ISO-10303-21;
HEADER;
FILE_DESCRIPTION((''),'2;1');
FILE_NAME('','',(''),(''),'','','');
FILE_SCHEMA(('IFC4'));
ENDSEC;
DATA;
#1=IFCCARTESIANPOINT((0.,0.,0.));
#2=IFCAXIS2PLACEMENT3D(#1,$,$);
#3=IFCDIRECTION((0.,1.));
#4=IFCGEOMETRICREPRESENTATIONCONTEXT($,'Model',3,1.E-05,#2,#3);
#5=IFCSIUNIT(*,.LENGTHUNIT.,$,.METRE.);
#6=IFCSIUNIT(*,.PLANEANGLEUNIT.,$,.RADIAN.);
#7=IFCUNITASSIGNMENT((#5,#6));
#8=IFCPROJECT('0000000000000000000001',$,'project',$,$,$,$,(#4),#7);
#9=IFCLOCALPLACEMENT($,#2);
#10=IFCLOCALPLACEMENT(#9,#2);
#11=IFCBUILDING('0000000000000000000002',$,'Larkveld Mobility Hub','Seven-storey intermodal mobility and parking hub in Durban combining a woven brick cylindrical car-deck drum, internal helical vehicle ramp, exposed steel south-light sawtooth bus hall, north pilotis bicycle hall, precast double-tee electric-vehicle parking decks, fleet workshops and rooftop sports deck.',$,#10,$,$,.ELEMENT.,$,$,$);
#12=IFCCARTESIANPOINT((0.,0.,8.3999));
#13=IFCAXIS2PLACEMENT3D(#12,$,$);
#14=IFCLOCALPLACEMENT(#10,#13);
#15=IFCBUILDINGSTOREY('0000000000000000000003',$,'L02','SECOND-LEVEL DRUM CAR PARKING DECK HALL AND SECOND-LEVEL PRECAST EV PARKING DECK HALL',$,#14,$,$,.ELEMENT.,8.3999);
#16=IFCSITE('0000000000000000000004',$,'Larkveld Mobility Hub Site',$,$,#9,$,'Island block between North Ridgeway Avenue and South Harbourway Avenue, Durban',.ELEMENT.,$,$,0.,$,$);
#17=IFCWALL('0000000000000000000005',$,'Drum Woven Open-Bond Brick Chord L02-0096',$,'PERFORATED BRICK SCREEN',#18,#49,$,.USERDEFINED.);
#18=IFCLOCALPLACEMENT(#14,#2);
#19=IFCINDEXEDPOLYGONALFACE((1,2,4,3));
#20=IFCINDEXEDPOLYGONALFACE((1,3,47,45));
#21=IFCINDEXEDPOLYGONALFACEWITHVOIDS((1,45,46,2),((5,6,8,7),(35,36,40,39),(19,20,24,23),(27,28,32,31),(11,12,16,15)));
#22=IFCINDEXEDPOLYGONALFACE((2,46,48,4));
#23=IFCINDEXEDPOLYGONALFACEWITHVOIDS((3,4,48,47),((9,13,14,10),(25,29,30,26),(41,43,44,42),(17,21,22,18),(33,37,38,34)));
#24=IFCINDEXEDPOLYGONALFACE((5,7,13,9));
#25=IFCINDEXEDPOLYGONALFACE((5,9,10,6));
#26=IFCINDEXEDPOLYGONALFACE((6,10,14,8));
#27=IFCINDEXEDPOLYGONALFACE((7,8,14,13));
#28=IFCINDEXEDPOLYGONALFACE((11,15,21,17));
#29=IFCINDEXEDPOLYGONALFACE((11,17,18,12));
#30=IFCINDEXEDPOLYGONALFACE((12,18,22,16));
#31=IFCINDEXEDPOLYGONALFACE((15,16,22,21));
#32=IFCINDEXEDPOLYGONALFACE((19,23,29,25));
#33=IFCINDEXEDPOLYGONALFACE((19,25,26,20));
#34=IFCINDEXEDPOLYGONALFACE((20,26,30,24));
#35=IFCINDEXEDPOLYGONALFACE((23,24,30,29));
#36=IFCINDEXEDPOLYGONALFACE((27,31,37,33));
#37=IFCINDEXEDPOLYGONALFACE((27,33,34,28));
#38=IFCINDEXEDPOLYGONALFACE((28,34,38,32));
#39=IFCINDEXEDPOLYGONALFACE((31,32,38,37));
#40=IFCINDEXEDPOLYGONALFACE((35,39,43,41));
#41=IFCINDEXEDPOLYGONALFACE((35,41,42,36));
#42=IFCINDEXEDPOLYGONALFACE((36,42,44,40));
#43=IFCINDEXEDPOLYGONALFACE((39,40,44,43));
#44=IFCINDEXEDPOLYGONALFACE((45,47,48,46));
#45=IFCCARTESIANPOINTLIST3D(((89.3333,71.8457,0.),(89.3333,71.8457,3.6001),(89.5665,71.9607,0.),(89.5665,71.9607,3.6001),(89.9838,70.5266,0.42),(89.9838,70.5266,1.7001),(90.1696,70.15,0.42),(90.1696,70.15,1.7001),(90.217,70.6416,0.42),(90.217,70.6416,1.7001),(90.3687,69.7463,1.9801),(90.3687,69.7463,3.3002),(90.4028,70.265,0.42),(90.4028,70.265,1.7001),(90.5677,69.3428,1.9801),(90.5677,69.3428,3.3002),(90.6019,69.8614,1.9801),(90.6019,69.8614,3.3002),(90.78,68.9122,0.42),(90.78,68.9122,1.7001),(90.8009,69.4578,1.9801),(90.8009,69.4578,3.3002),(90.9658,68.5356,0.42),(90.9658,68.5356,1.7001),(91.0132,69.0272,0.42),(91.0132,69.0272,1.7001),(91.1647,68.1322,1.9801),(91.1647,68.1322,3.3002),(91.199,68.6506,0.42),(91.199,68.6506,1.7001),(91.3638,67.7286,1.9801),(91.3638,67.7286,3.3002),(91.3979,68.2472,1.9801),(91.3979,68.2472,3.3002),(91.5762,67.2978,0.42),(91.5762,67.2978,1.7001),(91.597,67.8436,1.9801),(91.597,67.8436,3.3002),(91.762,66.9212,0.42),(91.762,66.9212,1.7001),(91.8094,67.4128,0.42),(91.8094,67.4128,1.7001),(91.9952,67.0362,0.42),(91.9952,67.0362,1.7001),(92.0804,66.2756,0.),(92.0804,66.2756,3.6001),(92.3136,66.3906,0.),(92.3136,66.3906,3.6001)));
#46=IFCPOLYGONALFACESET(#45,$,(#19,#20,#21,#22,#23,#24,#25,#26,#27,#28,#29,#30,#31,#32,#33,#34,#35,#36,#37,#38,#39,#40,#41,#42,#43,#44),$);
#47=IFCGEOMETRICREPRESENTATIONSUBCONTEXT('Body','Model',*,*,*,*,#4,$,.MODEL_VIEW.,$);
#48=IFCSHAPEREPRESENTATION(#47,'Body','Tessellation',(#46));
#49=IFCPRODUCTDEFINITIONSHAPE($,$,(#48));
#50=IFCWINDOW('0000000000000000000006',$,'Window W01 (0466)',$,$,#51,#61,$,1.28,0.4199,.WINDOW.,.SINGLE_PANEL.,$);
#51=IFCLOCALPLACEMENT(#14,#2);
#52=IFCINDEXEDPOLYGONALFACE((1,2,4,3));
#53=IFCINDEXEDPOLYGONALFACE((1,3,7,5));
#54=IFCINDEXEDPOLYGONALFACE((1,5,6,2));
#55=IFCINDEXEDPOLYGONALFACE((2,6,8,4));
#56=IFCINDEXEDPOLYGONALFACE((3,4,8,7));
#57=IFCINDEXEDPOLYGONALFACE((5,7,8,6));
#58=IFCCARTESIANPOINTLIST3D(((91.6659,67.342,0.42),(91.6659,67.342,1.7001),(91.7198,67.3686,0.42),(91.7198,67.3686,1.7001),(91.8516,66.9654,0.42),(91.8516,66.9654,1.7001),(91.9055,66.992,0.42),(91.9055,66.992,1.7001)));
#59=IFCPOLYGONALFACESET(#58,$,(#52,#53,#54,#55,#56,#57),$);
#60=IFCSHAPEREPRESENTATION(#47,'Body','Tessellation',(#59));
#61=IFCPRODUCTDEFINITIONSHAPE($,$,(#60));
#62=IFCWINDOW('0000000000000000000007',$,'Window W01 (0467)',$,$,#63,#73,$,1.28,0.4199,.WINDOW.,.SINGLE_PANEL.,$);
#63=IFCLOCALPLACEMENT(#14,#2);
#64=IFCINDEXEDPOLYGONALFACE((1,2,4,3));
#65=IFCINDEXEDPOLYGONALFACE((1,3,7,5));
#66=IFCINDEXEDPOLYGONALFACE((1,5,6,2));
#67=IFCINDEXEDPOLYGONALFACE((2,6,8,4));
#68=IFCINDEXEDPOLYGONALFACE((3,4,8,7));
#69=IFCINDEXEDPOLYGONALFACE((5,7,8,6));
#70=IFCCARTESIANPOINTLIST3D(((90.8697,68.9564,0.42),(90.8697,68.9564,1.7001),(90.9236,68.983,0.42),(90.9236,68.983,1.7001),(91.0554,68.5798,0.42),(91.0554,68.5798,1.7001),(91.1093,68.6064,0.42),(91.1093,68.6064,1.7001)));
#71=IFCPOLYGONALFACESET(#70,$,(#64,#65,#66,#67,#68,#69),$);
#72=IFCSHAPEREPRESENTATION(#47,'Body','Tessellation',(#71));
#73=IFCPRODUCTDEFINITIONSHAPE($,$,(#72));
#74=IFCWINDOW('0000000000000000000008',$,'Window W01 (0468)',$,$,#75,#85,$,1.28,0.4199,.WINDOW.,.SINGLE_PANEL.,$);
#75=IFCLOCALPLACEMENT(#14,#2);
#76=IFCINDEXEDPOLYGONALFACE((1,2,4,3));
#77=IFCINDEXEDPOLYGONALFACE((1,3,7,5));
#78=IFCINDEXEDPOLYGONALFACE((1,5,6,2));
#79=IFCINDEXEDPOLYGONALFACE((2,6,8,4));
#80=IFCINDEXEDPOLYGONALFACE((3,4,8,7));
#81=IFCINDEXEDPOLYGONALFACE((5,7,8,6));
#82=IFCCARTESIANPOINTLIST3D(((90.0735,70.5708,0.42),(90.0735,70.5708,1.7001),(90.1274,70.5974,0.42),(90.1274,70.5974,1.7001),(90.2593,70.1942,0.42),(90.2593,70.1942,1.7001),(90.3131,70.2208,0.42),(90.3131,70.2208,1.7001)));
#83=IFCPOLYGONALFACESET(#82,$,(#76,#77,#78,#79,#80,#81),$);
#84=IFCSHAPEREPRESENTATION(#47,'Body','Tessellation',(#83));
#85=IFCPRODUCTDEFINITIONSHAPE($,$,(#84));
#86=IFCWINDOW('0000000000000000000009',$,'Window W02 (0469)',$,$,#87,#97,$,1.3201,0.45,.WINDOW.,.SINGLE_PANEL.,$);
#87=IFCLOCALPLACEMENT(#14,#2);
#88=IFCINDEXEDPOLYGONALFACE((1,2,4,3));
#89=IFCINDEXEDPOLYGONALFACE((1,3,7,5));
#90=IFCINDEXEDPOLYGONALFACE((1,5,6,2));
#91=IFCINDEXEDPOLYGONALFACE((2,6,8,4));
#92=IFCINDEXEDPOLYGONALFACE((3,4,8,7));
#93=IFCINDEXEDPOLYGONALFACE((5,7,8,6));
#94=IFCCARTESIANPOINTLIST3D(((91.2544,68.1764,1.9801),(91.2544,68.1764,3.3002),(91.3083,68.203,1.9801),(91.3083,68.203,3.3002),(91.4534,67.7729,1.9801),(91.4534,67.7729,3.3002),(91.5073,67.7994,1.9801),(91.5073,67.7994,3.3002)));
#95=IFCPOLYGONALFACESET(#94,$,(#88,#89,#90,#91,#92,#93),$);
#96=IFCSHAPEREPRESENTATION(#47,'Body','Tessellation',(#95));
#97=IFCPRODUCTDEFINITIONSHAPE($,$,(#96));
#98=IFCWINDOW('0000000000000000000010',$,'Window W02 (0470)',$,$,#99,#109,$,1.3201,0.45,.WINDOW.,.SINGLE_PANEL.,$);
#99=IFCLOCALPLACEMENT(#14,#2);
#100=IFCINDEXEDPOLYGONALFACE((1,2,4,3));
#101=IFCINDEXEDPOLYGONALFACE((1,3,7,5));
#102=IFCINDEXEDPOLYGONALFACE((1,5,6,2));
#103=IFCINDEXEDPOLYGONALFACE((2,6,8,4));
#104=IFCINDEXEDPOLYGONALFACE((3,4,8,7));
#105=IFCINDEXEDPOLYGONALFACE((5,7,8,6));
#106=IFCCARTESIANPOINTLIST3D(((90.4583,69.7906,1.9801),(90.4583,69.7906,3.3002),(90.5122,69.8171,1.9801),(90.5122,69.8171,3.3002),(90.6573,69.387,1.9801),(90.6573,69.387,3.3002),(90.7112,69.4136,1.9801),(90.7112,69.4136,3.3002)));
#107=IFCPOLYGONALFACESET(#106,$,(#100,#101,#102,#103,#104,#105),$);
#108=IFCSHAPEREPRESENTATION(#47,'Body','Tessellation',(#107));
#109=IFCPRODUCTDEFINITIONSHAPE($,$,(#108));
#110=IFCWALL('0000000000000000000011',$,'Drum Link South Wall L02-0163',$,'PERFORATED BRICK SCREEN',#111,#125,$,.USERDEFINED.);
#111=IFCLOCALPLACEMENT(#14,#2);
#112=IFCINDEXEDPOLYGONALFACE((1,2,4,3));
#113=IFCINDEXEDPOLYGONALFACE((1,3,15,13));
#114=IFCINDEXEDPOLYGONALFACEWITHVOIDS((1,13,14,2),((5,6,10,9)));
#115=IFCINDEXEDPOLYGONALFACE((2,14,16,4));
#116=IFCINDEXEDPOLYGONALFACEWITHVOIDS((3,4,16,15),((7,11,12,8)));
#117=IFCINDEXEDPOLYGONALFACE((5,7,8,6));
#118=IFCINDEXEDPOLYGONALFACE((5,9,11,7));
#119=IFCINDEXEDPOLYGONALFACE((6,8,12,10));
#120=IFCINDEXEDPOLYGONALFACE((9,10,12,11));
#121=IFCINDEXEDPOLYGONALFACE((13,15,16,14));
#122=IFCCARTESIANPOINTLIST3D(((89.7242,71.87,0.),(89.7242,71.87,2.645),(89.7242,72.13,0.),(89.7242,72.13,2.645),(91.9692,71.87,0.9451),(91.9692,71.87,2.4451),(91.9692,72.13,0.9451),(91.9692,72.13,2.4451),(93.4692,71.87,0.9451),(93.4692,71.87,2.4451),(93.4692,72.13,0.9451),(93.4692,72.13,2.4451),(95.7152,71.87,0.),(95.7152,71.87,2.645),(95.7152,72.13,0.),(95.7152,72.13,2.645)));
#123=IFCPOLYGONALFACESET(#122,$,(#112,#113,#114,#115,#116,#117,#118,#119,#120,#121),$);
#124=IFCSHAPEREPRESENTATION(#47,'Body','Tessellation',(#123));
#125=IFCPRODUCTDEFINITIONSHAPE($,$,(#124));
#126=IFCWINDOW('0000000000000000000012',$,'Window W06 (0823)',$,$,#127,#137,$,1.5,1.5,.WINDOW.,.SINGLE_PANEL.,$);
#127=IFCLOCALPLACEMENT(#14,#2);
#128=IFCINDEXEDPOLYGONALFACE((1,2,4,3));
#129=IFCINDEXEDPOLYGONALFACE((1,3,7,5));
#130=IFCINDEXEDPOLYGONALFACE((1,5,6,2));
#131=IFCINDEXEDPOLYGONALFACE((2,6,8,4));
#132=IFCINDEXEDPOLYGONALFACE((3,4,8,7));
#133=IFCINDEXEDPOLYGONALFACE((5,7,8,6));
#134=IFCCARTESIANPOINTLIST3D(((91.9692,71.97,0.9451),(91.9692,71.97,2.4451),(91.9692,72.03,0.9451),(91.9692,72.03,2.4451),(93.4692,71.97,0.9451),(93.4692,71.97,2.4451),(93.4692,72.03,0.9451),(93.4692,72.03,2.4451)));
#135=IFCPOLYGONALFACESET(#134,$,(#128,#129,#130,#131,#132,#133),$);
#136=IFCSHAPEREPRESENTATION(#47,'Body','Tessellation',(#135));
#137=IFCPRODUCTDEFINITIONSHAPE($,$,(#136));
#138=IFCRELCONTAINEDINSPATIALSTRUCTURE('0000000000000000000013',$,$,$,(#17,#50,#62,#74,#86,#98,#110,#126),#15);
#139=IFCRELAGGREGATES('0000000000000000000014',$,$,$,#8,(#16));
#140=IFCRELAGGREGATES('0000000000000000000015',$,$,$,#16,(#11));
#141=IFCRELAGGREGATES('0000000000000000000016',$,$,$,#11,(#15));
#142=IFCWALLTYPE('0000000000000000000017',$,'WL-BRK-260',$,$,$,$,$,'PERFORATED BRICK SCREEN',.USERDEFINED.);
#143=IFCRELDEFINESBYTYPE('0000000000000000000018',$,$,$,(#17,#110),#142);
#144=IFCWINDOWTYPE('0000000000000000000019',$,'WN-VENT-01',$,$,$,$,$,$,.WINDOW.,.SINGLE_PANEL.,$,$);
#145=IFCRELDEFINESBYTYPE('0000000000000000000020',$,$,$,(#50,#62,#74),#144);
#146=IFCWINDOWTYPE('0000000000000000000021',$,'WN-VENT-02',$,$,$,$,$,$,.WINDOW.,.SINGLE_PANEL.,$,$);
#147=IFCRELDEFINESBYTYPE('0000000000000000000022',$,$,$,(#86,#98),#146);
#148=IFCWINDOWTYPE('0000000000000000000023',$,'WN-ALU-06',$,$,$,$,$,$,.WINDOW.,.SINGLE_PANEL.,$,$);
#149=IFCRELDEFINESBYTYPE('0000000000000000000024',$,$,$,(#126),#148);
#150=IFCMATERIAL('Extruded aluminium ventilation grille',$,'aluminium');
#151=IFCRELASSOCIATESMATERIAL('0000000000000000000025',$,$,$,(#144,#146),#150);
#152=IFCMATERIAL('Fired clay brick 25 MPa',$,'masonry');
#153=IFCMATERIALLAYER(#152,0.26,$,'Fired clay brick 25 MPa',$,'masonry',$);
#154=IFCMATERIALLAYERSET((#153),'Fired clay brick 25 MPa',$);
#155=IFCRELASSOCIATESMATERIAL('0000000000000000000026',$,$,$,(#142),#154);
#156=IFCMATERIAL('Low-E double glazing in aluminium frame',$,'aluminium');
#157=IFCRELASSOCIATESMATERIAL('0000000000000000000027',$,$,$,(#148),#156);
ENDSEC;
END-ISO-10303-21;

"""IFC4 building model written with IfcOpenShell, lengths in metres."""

from ifc_helpers import new_model, si_unit, direction, frame, frame_2d, origin, place, context, subcontext, project, spatial, rectangle, extrude, material, layer, layer_set, type_object, element, fill, save


model = new_model("IFC4")

# Units and contexts
model_context = context("Model", 3, precision=1e-05, world=origin(), true_north=direction((0.0, 1.0)))
body_context = subcontext(model_context, "Body", "Model", "MODEL_VIEW")
ifc_project = project(units=[si_unit("LENGTHUNIT", "METRE"), si_unit("PLANEANGLEUNIT", "RADIAN")], contexts=[model_context])

# Site, building, storey
site_placement = place(None, origin())
site = spatial("IfcSite", under=ifc_project, at=site_placement, Name="Larkveld Mobility Hub Site", LongName="Island block between North Ridgeway Avenue and South Harbourway Avenue, Durban", CompositionType="ELEMENT", RefElevation=0.0)
building_placement = place(site_placement, origin())
building = spatial("IfcBuilding", under=site, at=building_placement, Name="Larkveld Mobility Hub", Description="Seven-storey intermodal mobility and parking hub in Durban combining a woven brick cylindrical car-deck drum, internal helical vehicle ramp, exposed steel south-light sawtooth bus hall, north pilotis bicycle hall, precast double-tee electric-vehicle parking decks, fleet workshops and rooftop sports deck.", CompositionType="ELEMENT")
storey_placement = place(building_placement, frame((0.0, 0.0, 8.3999)))
storey = spatial("IfcBuildingStorey", under=building, at=storey_placement, Name="L02", Description="SECOND-LEVEL DRUM CAR PARKING DECK HALL AND SECOND-LEVEL PRECAST EV PARKING DECK HALL", CompositionType="ELEMENT", Elevation=8.3999)

# Wall, openings, windows
ifc_material_1 = material(Name="Fired clay brick 25 MPa", Category="masonry")
ifc_material_2 = material(Name="Extruded aluminium ventilation grille", Category="aluminium")
window_type_1 = type_object("IfcWindowType", Name="WN-VENT-01", PartitioningType="SINGLE_PANEL", PredefinedType="WINDOW", material=ifc_material_2)
ifc_layer_1 = layer(ifc_material_1, 0.26, Name="Fired clay brick 25 MPa", Category="masonry")
ifc_layer_set_1 = layer_set([ifc_layer_1], Name="Fired clay brick 25 MPa")
wall_type_1 = type_object("IfcWallType", Name="WL-BRK-260", ElementType="PERFORATED BRICK SCREEN", PredefinedType="USERDEFINED", material=ifc_layer_set_1)
wall_1_placement = place(storey_placement, frame((92.197, 66.333, 0.0), z_axis=(0.0, 0.0, 1.0), x_axis=(-0.442317, 0.896859, 0.0)))
wall_1 = element("IfcWall", 1, at=wall_1_placement, inside=storey, type_object=wall_type_1, Name="Drum Woven Open-Bond Brick Chord L02-0096", ObjectType="PERFORATED BRICK SCREEN", PredefinedType="USERDEFINED", context=body_context, shape_type="SweptSolid", body=[
    extrude(rectangle(XDim=6.2107, YDim=0.26, at=frame_2d((3.1055, 0.0))), origin(), (0.0, 0.0, 1.0), 3.6001),
])
opening_1_placement = place(wall_1_placement, frame((0.72, 0.0, 0.4199)))
opening_1 = element("IfcOpeningElement", 2, at=opening_1_placement, cuts=wall_1, PredefinedType="OPENING", context=body_context, shape_type="SweptSolid", body=[
    extrude(rectangle(XDim=0.4199, YDim=1.28, at=frame_2d((0.21, 0.6401))), frame((0.0, 0.1401, 0.0), z_axis=(0.0, -1.0, 0.0), x_axis=(1.0, 0.0, 0.0)), (0.0, 0.0, 1.0), 0.28),
])
opening_2_placement = place(wall_1_placement, frame((2.52, 0.0, 0.4199)))
opening_2 = element("IfcOpeningElement", 3, at=opening_2_placement, cuts=wall_1, PredefinedType="OPENING", context=body_context, shape_type="SweptSolid", body=[
    extrude(rectangle(XDim=0.4199, YDim=1.28, at=frame_2d((0.21, 0.6401))), frame((0.0, 0.1401, 0.0), z_axis=(0.0, -1.0, 0.0), x_axis=(1.0, 0.0, 0.0)), (0.0, 0.0, 1.0), 0.28),
])
opening_3_placement = place(wall_1_placement, frame((4.3201, 0.0, 0.4199)))
opening_3 = element("IfcOpeningElement", 4, at=opening_3_placement, cuts=wall_1, PredefinedType="OPENING", context=body_context, shape_type="SweptSolid", body=[
    extrude(rectangle(XDim=0.4199, YDim=1.28, at=frame_2d((0.21, 0.6401))), frame((0.0, 0.1401, 0.0), z_axis=(0.0, -1.0, 0.0), x_axis=(1.0, 0.0, 0.0)), (0.0, 0.0, 1.0), 0.28),
])
opening_4_placement = place(wall_1_placement, frame((1.6201, 0.0, 1.98)))
opening_4 = element("IfcOpeningElement", 5, at=opening_4_placement, cuts=wall_1, PredefinedType="OPENING", context=body_context, shape_type="SweptSolid", body=[
    extrude(rectangle(XDim=0.45, YDim=1.3201, at=frame_2d((0.2251, 0.6602))), frame((0.0, 0.1401, 0.0), z_axis=(0.0, -1.0, 0.0), x_axis=(1.0, 0.0, 0.0)), (0.0, 0.0, 1.0), 0.28),
])
opening_5_placement = place(wall_1_placement, frame((3.4199, 0.0, 1.98)))
opening_5 = element("IfcOpeningElement", 6, at=opening_5_placement, cuts=wall_1, PredefinedType="OPENING", context=body_context, shape_type="SweptSolid", body=[
    extrude(rectangle(XDim=0.45, YDim=1.3201, at=frame_2d((0.2251, 0.6602))), frame((0.0, 0.1401, 0.0), z_axis=(0.0, -1.0, 0.0), x_axis=(1.0, 0.0, 0.0)), (0.0, 0.0, 1.0), 0.28),
])
window_1_placement = place(opening_1_placement, origin())
window_1 = element("IfcWindow", 7, at=window_1_placement, inside=storey, type_object=window_type_1, Name="Window W01 (0466)", OverallHeight=1.28, OverallWidth=0.4199, PartitioningType="SINGLE_PANEL", PredefinedType="WINDOW", context=body_context, shape_type="SweptSolid", body=[
    extrude(rectangle(XDim=0.4199, YDim=1.28, at=frame_2d((0.21, 0.6401))), frame((0.0, 0.03, 0.0), z_axis=(0.0, -1.0, 0.0), x_axis=(1.0, 0.0, 0.0)), (0.0, 0.0, 1.0), 0.0601),
])
fill(opening_1, window_1)
window_2_placement = place(opening_2_placement, origin())
window_2 = element("IfcWindow", 8, at=window_2_placement, inside=storey, type_object=window_type_1, Name="Window W01 (0467)", OverallHeight=1.28, OverallWidth=0.4199, PartitioningType="SINGLE_PANEL", PredefinedType="WINDOW", context=body_context, shape_type="SweptSolid", body=[
    extrude(rectangle(XDim=0.4199, YDim=1.28, at=frame_2d((0.21, 0.6401))), frame((0.0, 0.03, 0.0), z_axis=(0.0, -1.0, 0.0), x_axis=(1.0, 0.0, 0.0)), (0.0, 0.0, 1.0), 0.0601),
])
fill(opening_2, window_2)
window_3_placement = place(opening_3_placement, origin())
window_3 = element("IfcWindow", 9, at=window_3_placement, inside=storey, type_object=window_type_1, Name="Window W01 (0468)", OverallHeight=1.28, OverallWidth=0.4199, PartitioningType="SINGLE_PANEL", PredefinedType="WINDOW", context=body_context, shape_type="SweptSolid", body=[
    extrude(rectangle(XDim=0.4199, YDim=1.28, at=frame_2d((0.21, 0.6401))), frame((0.0, 0.03, 0.0), z_axis=(0.0, -1.0, 0.0), x_axis=(1.0, 0.0, 0.0)), (0.0, 0.0, 1.0), 0.0601),
])
fill(opening_3, window_3)
window_type_2 = type_object("IfcWindowType", Name="WN-VENT-02", PartitioningType="SINGLE_PANEL", PredefinedType="WINDOW", material=ifc_material_2)
window_4_placement = place(opening_4_placement, origin())
window_4 = element("IfcWindow", 10, at=window_4_placement, inside=storey, type_object=window_type_2, Name="Window W02 (0469)", OverallHeight=1.3201, OverallWidth=0.45, PartitioningType="SINGLE_PANEL", PredefinedType="WINDOW", context=body_context, shape_type="SweptSolid", body=[
    extrude(rectangle(XDim=0.45, YDim=1.3201, at=frame_2d((0.2251, 0.6602))), frame((0.0, 0.03, 0.0), z_axis=(0.0, -1.0, 0.0), x_axis=(1.0, 0.0, 0.0)), (0.0, 0.0, 1.0), 0.0601),
])
fill(opening_4, window_4)
window_5_placement = place(opening_5_placement, origin())
window_5 = element("IfcWindow", 11, at=window_5_placement, inside=storey, type_object=window_type_2, Name="Window W02 (0470)", OverallHeight=1.3201, OverallWidth=0.45, PartitioningType="SINGLE_PANEL", PredefinedType="WINDOW", context=body_context, shape_type="SweptSolid", body=[
    extrude(rectangle(XDim=0.45, YDim=1.3201, at=frame_2d((0.2251, 0.6602))), frame((0.0, 0.03, 0.0), z_axis=(0.0, -1.0, 0.0), x_axis=(1.0, 0.0, 0.0)), (0.0, 0.0, 1.0), 0.0601),
])
fill(opening_5, window_5)

# Wall, opening, window
wall_2_placement = place(storey_placement, frame((89.7241, 72.0, 0.0), z_axis=(0.0, 0.0, 1.0), x_axis=(1.0, 0.0, 0.0)))
wall_2 = element("IfcWall", 12, at=wall_2_placement, inside=storey, type_object=wall_type_1, Name="Drum Link South Wall L02-0163", ObjectType="PERFORATED BRICK SCREEN", PredefinedType="USERDEFINED", context=body_context, shape_type="SweptSolid", body=[
    extrude(rectangle(XDim=5.991, YDim=0.26, at=frame_2d((2.9956, 0.0))), origin(), (0.0, 0.0, 1.0), 2.645),
])
opening_6_placement = place(wall_2_placement, frame((2.2451, 0.0, 0.9451)))
opening_6 = element("IfcOpeningElement", 13, at=opening_6_placement, cuts=wall_2, PredefinedType="OPENING", context=body_context, shape_type="SweptSolid", body=[
    extrude(rectangle(XDim=1.5, YDim=1.5, at=frame_2d((0.75, 0.75))), frame((0.0, 0.1401, 0.0), z_axis=(0.0, -1.0, 0.0), x_axis=(1.0, 0.0, 0.0)), (0.0, 0.0, 1.0), 0.28),
])
ifc_material_3 = material(Name="Low-E double glazing in aluminium frame", Category="aluminium")
window_type_3 = type_object("IfcWindowType", Name="WN-ALU-06", PartitioningType="SINGLE_PANEL", PredefinedType="WINDOW", material=ifc_material_3)
window_6_placement = place(opening_6_placement, origin())
window_6 = element("IfcWindow", 14, at=window_6_placement, inside=storey, type_object=window_type_3, Name="Window W06 (0823)", OverallHeight=1.5, OverallWidth=1.5, PartitioningType="SINGLE_PANEL", PredefinedType="WINDOW", context=body_context, shape_type="SweptSolid", body=[
    extrude(rectangle(XDim=1.5, YDim=1.5, at=frame_2d((0.75, 0.75))), frame((0.0, 0.03, 0.0), z_axis=(0.0, -1.0, 0.0), x_axis=(1.0, 0.0, 0.0)), (0.0, 0.0, 1.0), 0.0601),
])
fill(opening_6, window_6)

save(model, "model.ifc")
